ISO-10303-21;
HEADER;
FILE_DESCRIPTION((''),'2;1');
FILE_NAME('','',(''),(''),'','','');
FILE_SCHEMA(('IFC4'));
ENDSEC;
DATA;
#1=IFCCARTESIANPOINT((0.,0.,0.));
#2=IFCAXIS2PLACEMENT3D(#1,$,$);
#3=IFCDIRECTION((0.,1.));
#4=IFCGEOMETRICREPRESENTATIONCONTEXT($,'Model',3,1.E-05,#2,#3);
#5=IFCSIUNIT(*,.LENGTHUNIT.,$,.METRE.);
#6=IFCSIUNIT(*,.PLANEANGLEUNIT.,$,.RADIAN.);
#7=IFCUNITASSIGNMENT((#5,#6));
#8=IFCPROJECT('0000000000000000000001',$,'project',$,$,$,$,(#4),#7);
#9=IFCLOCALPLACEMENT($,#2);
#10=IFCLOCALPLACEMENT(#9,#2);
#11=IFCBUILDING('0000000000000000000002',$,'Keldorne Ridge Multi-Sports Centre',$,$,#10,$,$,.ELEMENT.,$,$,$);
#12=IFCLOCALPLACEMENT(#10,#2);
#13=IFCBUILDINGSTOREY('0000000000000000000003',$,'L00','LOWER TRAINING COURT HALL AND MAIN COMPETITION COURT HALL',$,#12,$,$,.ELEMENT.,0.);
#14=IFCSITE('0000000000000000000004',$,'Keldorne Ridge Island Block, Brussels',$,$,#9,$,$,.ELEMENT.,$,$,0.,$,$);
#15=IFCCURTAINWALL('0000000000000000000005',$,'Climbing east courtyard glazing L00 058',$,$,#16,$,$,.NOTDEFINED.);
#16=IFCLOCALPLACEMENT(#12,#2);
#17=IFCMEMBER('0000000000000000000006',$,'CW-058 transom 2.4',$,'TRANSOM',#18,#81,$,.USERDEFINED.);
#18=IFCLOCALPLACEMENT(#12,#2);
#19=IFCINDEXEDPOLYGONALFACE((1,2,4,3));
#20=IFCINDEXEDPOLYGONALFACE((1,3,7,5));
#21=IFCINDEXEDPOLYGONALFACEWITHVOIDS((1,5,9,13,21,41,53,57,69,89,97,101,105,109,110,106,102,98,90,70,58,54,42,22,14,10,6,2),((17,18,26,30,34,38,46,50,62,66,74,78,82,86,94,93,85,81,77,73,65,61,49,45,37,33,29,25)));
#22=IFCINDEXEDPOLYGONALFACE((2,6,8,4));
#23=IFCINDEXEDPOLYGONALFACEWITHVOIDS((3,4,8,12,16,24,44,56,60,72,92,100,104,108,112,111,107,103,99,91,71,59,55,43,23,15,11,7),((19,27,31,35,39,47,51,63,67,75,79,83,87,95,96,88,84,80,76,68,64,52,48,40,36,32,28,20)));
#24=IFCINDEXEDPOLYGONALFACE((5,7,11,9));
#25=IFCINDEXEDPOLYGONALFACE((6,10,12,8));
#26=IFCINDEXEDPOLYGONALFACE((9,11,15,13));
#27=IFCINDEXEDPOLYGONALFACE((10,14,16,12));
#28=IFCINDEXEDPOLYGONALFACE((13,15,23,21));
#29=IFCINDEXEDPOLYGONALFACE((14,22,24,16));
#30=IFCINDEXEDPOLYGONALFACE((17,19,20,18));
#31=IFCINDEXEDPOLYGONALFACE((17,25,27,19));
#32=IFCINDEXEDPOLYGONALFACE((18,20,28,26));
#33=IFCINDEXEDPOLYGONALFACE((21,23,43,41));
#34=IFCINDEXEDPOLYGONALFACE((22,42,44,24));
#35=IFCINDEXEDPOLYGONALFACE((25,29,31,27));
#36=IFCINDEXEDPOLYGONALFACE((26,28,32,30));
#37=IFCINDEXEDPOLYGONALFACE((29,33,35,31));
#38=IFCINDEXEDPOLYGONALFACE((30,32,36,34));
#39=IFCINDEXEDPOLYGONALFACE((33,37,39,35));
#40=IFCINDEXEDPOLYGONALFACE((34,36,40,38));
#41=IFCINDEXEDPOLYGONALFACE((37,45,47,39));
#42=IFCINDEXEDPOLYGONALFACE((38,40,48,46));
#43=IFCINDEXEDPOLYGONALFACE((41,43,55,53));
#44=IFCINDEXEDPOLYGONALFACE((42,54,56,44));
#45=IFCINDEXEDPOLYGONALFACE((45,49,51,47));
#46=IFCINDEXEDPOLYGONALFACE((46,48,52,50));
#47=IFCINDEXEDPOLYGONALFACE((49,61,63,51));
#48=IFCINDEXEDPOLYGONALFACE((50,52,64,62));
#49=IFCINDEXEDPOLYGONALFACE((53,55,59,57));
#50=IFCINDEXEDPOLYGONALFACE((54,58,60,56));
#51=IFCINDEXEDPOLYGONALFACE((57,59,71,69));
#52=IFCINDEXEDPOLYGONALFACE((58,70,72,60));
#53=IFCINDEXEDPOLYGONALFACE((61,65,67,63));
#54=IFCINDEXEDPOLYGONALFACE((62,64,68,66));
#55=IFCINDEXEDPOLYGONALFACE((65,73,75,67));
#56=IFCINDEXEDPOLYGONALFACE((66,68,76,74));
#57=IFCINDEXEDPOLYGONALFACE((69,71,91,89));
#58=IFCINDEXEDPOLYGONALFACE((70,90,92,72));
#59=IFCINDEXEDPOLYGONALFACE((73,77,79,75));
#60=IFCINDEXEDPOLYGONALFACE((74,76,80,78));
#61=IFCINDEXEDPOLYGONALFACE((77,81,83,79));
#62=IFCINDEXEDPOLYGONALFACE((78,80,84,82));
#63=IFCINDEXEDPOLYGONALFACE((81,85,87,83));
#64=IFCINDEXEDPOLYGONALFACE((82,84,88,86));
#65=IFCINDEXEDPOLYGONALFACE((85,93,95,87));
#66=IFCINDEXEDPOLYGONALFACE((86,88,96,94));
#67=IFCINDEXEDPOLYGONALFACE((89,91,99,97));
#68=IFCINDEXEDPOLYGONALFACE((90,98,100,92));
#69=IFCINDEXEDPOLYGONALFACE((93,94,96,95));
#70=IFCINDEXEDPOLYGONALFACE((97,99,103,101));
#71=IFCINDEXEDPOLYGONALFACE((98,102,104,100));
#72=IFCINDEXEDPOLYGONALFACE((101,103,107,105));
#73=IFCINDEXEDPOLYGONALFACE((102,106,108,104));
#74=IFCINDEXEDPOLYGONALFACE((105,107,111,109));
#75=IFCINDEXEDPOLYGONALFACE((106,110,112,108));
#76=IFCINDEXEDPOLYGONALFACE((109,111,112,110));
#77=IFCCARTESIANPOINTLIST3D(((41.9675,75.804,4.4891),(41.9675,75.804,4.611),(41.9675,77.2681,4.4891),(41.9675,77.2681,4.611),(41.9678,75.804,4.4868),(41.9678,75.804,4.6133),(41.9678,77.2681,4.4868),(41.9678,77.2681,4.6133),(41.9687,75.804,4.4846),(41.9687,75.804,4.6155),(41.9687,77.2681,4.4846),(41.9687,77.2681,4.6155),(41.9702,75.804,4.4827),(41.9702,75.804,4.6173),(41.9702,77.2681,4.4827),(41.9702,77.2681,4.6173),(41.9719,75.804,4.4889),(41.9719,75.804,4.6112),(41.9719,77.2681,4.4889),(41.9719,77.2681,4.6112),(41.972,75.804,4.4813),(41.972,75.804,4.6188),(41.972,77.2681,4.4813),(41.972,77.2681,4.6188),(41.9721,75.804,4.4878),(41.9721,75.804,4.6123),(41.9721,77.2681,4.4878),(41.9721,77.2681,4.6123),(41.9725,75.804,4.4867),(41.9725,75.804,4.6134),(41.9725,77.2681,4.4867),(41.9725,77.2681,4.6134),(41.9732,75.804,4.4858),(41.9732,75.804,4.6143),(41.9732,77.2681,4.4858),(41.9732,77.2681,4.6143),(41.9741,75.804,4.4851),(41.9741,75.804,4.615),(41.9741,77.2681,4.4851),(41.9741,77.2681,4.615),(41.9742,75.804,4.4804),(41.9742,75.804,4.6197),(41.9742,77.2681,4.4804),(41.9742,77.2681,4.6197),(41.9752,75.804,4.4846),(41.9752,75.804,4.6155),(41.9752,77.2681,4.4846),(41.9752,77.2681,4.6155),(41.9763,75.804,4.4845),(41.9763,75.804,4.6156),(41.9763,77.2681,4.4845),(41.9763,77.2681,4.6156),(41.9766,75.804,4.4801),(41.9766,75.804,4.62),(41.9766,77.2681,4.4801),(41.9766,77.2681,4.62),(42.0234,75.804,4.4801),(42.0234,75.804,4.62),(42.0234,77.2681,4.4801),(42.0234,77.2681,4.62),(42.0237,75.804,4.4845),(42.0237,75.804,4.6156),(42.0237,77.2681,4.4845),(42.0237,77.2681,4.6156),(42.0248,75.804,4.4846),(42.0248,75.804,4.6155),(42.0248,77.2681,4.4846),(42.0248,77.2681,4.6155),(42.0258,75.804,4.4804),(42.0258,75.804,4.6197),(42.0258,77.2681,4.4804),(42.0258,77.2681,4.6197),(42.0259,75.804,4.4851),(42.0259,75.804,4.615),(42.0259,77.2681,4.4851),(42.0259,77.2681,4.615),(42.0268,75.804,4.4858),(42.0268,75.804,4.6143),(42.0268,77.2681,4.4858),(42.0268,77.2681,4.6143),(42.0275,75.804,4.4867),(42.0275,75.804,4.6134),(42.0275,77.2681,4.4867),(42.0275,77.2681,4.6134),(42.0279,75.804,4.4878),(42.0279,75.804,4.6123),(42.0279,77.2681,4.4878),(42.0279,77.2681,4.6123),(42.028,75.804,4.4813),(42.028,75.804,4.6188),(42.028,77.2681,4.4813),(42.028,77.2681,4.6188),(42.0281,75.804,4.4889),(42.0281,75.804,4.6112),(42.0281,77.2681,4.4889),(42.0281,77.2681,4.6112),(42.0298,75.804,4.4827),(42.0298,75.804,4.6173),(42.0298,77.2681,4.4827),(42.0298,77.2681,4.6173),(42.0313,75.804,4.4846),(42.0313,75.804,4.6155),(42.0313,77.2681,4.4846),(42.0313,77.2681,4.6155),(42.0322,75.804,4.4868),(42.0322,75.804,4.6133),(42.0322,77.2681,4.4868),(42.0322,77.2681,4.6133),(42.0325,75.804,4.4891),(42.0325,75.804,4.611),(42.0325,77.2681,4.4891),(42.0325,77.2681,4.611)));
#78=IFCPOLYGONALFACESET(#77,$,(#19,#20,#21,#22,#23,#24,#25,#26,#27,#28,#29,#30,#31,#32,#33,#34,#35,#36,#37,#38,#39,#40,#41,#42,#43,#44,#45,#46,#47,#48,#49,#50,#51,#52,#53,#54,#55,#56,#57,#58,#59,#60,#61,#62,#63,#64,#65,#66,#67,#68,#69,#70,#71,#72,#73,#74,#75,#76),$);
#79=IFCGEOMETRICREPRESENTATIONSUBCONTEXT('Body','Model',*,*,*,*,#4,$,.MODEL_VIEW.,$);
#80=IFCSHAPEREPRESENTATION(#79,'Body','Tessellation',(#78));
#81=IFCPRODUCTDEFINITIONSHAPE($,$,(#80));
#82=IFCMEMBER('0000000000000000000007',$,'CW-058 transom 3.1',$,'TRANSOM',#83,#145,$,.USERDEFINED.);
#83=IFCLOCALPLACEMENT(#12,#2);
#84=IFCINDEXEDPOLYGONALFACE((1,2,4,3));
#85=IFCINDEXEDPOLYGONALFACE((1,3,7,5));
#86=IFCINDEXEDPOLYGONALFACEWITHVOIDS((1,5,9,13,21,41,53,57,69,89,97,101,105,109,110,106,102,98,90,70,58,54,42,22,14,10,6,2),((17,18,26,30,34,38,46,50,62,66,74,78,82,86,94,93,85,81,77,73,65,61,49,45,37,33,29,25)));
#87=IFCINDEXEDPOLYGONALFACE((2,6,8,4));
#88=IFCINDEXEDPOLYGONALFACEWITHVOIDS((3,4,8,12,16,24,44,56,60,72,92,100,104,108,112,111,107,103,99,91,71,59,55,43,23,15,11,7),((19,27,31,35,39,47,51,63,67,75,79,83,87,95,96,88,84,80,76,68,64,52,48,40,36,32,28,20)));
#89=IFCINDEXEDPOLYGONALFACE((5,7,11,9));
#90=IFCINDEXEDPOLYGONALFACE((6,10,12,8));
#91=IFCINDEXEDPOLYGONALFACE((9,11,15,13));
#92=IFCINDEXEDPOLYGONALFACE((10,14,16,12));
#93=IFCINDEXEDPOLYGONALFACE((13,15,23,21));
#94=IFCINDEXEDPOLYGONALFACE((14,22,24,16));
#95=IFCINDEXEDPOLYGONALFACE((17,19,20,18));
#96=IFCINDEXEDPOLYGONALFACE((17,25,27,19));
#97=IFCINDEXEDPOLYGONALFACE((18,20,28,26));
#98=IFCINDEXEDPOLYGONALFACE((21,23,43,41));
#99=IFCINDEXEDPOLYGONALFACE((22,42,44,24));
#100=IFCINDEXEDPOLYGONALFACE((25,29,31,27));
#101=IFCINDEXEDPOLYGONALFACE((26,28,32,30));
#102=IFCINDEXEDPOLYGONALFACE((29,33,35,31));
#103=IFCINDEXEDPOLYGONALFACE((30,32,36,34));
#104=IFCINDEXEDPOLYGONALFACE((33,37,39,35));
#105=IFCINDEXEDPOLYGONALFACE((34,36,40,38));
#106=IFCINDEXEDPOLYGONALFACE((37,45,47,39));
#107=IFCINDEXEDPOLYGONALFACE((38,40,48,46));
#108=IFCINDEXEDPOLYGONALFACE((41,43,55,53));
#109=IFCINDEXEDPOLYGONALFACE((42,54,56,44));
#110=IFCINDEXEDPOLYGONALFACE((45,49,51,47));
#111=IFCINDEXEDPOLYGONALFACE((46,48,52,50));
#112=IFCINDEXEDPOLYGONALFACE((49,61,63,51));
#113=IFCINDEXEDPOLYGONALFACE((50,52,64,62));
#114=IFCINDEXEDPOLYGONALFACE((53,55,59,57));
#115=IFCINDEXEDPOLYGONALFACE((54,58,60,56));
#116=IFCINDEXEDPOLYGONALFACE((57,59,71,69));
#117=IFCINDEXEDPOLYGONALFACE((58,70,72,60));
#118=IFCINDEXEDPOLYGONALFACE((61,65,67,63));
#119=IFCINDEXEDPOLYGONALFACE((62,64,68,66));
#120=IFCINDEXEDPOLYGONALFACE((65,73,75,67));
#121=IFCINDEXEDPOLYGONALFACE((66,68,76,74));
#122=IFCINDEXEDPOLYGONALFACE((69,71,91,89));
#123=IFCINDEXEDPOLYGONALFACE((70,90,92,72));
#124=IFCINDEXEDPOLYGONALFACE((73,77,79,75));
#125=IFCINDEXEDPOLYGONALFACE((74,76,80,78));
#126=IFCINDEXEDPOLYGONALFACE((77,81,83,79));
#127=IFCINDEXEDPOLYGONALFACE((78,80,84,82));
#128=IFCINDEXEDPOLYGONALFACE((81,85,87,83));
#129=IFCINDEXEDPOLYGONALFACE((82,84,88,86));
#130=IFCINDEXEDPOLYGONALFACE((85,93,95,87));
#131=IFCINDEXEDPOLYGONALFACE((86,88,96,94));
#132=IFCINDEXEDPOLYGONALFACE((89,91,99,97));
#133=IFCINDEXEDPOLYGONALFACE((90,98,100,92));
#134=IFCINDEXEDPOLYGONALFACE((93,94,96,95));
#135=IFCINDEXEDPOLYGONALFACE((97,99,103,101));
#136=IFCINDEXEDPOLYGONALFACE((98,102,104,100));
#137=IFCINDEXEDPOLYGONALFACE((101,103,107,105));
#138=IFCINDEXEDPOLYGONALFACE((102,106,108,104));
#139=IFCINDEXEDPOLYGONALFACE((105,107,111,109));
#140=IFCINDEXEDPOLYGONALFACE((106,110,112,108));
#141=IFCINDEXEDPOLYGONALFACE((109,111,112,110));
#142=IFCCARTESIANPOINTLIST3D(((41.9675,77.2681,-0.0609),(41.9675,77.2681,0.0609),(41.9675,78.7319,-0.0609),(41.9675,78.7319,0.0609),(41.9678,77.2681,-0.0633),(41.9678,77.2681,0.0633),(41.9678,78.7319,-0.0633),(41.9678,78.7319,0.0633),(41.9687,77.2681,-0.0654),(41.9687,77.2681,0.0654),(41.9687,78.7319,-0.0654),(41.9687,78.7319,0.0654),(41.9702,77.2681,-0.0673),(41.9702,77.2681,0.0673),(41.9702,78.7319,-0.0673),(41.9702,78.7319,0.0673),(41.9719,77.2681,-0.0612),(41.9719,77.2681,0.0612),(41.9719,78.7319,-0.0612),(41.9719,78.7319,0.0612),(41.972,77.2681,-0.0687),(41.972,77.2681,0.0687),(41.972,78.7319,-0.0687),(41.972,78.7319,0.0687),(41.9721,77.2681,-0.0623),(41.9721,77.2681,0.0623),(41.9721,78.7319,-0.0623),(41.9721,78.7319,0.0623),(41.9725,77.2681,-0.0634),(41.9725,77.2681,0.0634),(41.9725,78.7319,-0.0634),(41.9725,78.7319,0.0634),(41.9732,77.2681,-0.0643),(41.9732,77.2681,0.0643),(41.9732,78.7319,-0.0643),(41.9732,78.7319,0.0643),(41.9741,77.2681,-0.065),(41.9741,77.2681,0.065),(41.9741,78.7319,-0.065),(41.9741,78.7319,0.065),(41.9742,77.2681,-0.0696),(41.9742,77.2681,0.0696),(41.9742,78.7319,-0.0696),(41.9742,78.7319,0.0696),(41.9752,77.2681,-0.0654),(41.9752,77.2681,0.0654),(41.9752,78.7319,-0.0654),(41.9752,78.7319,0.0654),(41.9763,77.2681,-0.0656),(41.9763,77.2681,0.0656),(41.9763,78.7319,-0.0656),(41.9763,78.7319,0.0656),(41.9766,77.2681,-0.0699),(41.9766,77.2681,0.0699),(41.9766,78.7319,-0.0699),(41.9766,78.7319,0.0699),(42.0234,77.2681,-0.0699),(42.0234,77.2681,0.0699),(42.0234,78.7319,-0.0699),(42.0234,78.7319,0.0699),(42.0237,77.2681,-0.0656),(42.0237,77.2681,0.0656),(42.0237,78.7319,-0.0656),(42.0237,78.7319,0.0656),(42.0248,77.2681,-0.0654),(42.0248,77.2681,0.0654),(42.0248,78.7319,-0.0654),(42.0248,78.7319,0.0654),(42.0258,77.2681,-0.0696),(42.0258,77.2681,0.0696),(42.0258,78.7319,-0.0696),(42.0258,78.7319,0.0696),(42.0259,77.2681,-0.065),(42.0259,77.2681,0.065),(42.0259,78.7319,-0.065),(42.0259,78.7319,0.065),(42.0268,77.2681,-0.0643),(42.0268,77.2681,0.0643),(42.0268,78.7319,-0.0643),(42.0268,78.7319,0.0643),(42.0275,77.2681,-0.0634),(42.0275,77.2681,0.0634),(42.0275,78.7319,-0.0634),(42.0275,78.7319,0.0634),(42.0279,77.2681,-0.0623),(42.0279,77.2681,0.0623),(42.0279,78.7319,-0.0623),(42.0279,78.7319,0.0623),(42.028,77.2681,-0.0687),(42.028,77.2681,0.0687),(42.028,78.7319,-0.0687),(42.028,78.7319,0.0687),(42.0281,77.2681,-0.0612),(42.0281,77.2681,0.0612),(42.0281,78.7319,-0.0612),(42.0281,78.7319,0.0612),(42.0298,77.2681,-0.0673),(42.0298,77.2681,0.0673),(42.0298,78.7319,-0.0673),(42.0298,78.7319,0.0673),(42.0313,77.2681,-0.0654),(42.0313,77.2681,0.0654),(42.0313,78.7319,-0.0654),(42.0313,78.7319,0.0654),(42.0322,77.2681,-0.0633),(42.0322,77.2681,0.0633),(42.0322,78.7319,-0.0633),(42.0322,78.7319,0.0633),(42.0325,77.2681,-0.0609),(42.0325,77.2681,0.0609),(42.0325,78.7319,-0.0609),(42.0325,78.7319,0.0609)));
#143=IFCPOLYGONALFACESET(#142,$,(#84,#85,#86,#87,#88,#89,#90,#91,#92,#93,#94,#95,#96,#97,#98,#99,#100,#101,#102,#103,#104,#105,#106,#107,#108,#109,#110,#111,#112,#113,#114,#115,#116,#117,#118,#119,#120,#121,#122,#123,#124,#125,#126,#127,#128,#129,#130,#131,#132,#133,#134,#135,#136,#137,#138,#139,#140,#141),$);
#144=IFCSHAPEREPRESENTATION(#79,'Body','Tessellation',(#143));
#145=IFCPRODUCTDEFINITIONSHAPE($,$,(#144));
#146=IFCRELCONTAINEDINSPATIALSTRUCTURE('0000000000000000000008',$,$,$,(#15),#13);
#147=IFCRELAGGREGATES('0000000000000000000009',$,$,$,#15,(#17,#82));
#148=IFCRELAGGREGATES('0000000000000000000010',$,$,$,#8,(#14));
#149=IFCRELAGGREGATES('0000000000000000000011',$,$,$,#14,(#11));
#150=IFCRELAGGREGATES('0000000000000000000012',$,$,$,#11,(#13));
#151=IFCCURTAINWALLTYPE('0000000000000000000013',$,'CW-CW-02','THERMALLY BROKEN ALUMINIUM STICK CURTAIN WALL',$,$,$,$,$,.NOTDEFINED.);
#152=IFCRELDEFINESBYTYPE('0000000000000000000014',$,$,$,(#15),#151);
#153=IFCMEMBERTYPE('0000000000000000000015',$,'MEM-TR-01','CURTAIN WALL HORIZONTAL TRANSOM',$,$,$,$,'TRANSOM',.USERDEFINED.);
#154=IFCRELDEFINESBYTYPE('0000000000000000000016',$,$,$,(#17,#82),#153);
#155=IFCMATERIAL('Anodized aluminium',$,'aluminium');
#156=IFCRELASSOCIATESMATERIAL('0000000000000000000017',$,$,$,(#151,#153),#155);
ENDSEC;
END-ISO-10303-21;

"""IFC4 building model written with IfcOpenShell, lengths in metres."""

from ifc_helpers import new_model, si_unit, direction, frame, origin, origin_2d, place, context, subcontext, project, spatial, hollow_rectangle, extrude, material, material_profile, profile_set, type_object, element, aggregate, save


model = new_model("IFC4")

# Units and contexts
model_context = context("Model", 3, precision=1e-05, world=origin(), true_north=direction((0.0, 1.0)))
body_context = subcontext(model_context, "Body", "Model", "MODEL_VIEW")
ifc_project = project(units=[si_unit("LENGTHUNIT", "METRE"), si_unit("PLANEANGLEUNIT", "RADIAN")], contexts=[model_context])

# Site, building, storey
site_placement = place(None, origin())
site = spatial("IfcSite", under=ifc_project, at=site_placement, Name="Keldorne Ridge Island Block, Brussels", CompositionType="ELEMENT", RefElevation=0.0)
building_placement = place(site_placement, origin())
building = spatial("IfcBuilding", under=site, at=building_placement, Name="Keldorne Ridge Multi-Sports Centre", CompositionType="ELEMENT")
storey_placement = place(building_placement, origin())
storey = spatial("IfcBuildingStorey", under=building, at=storey_placement, Name="L00", Description="LOWER TRAINING COURT HALL AND MAIN COMPETITION COURT HALL", CompositionType="ELEMENT", Elevation=0.0)

# Curtain wall, members
ifc_material_1 = material(Name="Anodized aluminium", Category="aluminium")
curtain_wall_type = type_object("IfcCurtainWallType", Name="CW-CW-02", Description="THERMALLY BROKEN ALUMINIUM STICK CURTAIN WALL", PredefinedType="NOTDEFINED", material=ifc_material_1)
curtain_wall_placement = place(storey_placement, origin())
curtain_wall = element("IfcCurtainWall", 1, at=curtain_wall_placement, inside=storey, type_object=curtain_wall_type, Name="Climbing east courtyard glazing L00 058", PredefinedType="NOTDEFINED")
ifc_material_profile_1 = material_profile(ifc_material_1, hollow_rectangle(XDim=0.0649, YDim=0.1399, WallThickness=0.0044, InnerFilletRadius=0.0044, OuterFilletRadius=0.009, at=origin_2d()), Name="ALU TRANSOM 140x65x4.5")
ifc_profile_set_1 = profile_set([ifc_material_profile_1], Name="Anodized aluminium")
member_type_1 = type_object("IfcMemberType", Name="MEM-TR-01", Description="CURTAIN WALL HORIZONTAL TRANSOM", ElementType="TRANSOM", PredefinedType="USERDEFINED", material=ifc_profile_set_1)
member_1_placement = place(storey_placement, frame((42.0, 75.804, 4.55), z_axis=(0.0, 1.0, 0.0), x_axis=(-1.0, 0.0, 0.0)))
member_1 = element("IfcMember", 2, at=member_1_placement, type_object=member_type_1, Name="CW-058 transom 2.4", ObjectType="TRANSOM", PredefinedType="USERDEFINED", context=body_context, shape_type="SweptSolid", body=[
    extrude(hollow_rectangle(XDim=0.0649, YDim=0.1399, WallThickness=0.0044, InnerFilletRadius=0.0044, OuterFilletRadius=0.009, at=origin_2d()), origin(), (0.0, 0.0, 1.0), 1.4641),
])
member_2_placement = place(storey_placement, frame((42.0, 77.2681, 0.0), z_axis=(0.0, 1.0, 0.0), x_axis=(-1.0, 0.0, 0.0)))
member_2 = element("IfcMember", 3, at=member_2_placement, type_object=member_type_1, Name="CW-058 transom 3.1", ObjectType="TRANSOM", PredefinedType="USERDEFINED", context=body_context, shape_type="SweptSolid", body=[
    extrude(hollow_rectangle(XDim=0.0649, YDim=0.1399, WallThickness=0.0044, InnerFilletRadius=0.0044, OuterFilletRadius=0.009, at=origin_2d()), origin(), (0.0, 0.0, 1.0), 1.4639),
])
aggregate(curtain_wall, [member_1, member_2])

save(model, "model.ifc")
